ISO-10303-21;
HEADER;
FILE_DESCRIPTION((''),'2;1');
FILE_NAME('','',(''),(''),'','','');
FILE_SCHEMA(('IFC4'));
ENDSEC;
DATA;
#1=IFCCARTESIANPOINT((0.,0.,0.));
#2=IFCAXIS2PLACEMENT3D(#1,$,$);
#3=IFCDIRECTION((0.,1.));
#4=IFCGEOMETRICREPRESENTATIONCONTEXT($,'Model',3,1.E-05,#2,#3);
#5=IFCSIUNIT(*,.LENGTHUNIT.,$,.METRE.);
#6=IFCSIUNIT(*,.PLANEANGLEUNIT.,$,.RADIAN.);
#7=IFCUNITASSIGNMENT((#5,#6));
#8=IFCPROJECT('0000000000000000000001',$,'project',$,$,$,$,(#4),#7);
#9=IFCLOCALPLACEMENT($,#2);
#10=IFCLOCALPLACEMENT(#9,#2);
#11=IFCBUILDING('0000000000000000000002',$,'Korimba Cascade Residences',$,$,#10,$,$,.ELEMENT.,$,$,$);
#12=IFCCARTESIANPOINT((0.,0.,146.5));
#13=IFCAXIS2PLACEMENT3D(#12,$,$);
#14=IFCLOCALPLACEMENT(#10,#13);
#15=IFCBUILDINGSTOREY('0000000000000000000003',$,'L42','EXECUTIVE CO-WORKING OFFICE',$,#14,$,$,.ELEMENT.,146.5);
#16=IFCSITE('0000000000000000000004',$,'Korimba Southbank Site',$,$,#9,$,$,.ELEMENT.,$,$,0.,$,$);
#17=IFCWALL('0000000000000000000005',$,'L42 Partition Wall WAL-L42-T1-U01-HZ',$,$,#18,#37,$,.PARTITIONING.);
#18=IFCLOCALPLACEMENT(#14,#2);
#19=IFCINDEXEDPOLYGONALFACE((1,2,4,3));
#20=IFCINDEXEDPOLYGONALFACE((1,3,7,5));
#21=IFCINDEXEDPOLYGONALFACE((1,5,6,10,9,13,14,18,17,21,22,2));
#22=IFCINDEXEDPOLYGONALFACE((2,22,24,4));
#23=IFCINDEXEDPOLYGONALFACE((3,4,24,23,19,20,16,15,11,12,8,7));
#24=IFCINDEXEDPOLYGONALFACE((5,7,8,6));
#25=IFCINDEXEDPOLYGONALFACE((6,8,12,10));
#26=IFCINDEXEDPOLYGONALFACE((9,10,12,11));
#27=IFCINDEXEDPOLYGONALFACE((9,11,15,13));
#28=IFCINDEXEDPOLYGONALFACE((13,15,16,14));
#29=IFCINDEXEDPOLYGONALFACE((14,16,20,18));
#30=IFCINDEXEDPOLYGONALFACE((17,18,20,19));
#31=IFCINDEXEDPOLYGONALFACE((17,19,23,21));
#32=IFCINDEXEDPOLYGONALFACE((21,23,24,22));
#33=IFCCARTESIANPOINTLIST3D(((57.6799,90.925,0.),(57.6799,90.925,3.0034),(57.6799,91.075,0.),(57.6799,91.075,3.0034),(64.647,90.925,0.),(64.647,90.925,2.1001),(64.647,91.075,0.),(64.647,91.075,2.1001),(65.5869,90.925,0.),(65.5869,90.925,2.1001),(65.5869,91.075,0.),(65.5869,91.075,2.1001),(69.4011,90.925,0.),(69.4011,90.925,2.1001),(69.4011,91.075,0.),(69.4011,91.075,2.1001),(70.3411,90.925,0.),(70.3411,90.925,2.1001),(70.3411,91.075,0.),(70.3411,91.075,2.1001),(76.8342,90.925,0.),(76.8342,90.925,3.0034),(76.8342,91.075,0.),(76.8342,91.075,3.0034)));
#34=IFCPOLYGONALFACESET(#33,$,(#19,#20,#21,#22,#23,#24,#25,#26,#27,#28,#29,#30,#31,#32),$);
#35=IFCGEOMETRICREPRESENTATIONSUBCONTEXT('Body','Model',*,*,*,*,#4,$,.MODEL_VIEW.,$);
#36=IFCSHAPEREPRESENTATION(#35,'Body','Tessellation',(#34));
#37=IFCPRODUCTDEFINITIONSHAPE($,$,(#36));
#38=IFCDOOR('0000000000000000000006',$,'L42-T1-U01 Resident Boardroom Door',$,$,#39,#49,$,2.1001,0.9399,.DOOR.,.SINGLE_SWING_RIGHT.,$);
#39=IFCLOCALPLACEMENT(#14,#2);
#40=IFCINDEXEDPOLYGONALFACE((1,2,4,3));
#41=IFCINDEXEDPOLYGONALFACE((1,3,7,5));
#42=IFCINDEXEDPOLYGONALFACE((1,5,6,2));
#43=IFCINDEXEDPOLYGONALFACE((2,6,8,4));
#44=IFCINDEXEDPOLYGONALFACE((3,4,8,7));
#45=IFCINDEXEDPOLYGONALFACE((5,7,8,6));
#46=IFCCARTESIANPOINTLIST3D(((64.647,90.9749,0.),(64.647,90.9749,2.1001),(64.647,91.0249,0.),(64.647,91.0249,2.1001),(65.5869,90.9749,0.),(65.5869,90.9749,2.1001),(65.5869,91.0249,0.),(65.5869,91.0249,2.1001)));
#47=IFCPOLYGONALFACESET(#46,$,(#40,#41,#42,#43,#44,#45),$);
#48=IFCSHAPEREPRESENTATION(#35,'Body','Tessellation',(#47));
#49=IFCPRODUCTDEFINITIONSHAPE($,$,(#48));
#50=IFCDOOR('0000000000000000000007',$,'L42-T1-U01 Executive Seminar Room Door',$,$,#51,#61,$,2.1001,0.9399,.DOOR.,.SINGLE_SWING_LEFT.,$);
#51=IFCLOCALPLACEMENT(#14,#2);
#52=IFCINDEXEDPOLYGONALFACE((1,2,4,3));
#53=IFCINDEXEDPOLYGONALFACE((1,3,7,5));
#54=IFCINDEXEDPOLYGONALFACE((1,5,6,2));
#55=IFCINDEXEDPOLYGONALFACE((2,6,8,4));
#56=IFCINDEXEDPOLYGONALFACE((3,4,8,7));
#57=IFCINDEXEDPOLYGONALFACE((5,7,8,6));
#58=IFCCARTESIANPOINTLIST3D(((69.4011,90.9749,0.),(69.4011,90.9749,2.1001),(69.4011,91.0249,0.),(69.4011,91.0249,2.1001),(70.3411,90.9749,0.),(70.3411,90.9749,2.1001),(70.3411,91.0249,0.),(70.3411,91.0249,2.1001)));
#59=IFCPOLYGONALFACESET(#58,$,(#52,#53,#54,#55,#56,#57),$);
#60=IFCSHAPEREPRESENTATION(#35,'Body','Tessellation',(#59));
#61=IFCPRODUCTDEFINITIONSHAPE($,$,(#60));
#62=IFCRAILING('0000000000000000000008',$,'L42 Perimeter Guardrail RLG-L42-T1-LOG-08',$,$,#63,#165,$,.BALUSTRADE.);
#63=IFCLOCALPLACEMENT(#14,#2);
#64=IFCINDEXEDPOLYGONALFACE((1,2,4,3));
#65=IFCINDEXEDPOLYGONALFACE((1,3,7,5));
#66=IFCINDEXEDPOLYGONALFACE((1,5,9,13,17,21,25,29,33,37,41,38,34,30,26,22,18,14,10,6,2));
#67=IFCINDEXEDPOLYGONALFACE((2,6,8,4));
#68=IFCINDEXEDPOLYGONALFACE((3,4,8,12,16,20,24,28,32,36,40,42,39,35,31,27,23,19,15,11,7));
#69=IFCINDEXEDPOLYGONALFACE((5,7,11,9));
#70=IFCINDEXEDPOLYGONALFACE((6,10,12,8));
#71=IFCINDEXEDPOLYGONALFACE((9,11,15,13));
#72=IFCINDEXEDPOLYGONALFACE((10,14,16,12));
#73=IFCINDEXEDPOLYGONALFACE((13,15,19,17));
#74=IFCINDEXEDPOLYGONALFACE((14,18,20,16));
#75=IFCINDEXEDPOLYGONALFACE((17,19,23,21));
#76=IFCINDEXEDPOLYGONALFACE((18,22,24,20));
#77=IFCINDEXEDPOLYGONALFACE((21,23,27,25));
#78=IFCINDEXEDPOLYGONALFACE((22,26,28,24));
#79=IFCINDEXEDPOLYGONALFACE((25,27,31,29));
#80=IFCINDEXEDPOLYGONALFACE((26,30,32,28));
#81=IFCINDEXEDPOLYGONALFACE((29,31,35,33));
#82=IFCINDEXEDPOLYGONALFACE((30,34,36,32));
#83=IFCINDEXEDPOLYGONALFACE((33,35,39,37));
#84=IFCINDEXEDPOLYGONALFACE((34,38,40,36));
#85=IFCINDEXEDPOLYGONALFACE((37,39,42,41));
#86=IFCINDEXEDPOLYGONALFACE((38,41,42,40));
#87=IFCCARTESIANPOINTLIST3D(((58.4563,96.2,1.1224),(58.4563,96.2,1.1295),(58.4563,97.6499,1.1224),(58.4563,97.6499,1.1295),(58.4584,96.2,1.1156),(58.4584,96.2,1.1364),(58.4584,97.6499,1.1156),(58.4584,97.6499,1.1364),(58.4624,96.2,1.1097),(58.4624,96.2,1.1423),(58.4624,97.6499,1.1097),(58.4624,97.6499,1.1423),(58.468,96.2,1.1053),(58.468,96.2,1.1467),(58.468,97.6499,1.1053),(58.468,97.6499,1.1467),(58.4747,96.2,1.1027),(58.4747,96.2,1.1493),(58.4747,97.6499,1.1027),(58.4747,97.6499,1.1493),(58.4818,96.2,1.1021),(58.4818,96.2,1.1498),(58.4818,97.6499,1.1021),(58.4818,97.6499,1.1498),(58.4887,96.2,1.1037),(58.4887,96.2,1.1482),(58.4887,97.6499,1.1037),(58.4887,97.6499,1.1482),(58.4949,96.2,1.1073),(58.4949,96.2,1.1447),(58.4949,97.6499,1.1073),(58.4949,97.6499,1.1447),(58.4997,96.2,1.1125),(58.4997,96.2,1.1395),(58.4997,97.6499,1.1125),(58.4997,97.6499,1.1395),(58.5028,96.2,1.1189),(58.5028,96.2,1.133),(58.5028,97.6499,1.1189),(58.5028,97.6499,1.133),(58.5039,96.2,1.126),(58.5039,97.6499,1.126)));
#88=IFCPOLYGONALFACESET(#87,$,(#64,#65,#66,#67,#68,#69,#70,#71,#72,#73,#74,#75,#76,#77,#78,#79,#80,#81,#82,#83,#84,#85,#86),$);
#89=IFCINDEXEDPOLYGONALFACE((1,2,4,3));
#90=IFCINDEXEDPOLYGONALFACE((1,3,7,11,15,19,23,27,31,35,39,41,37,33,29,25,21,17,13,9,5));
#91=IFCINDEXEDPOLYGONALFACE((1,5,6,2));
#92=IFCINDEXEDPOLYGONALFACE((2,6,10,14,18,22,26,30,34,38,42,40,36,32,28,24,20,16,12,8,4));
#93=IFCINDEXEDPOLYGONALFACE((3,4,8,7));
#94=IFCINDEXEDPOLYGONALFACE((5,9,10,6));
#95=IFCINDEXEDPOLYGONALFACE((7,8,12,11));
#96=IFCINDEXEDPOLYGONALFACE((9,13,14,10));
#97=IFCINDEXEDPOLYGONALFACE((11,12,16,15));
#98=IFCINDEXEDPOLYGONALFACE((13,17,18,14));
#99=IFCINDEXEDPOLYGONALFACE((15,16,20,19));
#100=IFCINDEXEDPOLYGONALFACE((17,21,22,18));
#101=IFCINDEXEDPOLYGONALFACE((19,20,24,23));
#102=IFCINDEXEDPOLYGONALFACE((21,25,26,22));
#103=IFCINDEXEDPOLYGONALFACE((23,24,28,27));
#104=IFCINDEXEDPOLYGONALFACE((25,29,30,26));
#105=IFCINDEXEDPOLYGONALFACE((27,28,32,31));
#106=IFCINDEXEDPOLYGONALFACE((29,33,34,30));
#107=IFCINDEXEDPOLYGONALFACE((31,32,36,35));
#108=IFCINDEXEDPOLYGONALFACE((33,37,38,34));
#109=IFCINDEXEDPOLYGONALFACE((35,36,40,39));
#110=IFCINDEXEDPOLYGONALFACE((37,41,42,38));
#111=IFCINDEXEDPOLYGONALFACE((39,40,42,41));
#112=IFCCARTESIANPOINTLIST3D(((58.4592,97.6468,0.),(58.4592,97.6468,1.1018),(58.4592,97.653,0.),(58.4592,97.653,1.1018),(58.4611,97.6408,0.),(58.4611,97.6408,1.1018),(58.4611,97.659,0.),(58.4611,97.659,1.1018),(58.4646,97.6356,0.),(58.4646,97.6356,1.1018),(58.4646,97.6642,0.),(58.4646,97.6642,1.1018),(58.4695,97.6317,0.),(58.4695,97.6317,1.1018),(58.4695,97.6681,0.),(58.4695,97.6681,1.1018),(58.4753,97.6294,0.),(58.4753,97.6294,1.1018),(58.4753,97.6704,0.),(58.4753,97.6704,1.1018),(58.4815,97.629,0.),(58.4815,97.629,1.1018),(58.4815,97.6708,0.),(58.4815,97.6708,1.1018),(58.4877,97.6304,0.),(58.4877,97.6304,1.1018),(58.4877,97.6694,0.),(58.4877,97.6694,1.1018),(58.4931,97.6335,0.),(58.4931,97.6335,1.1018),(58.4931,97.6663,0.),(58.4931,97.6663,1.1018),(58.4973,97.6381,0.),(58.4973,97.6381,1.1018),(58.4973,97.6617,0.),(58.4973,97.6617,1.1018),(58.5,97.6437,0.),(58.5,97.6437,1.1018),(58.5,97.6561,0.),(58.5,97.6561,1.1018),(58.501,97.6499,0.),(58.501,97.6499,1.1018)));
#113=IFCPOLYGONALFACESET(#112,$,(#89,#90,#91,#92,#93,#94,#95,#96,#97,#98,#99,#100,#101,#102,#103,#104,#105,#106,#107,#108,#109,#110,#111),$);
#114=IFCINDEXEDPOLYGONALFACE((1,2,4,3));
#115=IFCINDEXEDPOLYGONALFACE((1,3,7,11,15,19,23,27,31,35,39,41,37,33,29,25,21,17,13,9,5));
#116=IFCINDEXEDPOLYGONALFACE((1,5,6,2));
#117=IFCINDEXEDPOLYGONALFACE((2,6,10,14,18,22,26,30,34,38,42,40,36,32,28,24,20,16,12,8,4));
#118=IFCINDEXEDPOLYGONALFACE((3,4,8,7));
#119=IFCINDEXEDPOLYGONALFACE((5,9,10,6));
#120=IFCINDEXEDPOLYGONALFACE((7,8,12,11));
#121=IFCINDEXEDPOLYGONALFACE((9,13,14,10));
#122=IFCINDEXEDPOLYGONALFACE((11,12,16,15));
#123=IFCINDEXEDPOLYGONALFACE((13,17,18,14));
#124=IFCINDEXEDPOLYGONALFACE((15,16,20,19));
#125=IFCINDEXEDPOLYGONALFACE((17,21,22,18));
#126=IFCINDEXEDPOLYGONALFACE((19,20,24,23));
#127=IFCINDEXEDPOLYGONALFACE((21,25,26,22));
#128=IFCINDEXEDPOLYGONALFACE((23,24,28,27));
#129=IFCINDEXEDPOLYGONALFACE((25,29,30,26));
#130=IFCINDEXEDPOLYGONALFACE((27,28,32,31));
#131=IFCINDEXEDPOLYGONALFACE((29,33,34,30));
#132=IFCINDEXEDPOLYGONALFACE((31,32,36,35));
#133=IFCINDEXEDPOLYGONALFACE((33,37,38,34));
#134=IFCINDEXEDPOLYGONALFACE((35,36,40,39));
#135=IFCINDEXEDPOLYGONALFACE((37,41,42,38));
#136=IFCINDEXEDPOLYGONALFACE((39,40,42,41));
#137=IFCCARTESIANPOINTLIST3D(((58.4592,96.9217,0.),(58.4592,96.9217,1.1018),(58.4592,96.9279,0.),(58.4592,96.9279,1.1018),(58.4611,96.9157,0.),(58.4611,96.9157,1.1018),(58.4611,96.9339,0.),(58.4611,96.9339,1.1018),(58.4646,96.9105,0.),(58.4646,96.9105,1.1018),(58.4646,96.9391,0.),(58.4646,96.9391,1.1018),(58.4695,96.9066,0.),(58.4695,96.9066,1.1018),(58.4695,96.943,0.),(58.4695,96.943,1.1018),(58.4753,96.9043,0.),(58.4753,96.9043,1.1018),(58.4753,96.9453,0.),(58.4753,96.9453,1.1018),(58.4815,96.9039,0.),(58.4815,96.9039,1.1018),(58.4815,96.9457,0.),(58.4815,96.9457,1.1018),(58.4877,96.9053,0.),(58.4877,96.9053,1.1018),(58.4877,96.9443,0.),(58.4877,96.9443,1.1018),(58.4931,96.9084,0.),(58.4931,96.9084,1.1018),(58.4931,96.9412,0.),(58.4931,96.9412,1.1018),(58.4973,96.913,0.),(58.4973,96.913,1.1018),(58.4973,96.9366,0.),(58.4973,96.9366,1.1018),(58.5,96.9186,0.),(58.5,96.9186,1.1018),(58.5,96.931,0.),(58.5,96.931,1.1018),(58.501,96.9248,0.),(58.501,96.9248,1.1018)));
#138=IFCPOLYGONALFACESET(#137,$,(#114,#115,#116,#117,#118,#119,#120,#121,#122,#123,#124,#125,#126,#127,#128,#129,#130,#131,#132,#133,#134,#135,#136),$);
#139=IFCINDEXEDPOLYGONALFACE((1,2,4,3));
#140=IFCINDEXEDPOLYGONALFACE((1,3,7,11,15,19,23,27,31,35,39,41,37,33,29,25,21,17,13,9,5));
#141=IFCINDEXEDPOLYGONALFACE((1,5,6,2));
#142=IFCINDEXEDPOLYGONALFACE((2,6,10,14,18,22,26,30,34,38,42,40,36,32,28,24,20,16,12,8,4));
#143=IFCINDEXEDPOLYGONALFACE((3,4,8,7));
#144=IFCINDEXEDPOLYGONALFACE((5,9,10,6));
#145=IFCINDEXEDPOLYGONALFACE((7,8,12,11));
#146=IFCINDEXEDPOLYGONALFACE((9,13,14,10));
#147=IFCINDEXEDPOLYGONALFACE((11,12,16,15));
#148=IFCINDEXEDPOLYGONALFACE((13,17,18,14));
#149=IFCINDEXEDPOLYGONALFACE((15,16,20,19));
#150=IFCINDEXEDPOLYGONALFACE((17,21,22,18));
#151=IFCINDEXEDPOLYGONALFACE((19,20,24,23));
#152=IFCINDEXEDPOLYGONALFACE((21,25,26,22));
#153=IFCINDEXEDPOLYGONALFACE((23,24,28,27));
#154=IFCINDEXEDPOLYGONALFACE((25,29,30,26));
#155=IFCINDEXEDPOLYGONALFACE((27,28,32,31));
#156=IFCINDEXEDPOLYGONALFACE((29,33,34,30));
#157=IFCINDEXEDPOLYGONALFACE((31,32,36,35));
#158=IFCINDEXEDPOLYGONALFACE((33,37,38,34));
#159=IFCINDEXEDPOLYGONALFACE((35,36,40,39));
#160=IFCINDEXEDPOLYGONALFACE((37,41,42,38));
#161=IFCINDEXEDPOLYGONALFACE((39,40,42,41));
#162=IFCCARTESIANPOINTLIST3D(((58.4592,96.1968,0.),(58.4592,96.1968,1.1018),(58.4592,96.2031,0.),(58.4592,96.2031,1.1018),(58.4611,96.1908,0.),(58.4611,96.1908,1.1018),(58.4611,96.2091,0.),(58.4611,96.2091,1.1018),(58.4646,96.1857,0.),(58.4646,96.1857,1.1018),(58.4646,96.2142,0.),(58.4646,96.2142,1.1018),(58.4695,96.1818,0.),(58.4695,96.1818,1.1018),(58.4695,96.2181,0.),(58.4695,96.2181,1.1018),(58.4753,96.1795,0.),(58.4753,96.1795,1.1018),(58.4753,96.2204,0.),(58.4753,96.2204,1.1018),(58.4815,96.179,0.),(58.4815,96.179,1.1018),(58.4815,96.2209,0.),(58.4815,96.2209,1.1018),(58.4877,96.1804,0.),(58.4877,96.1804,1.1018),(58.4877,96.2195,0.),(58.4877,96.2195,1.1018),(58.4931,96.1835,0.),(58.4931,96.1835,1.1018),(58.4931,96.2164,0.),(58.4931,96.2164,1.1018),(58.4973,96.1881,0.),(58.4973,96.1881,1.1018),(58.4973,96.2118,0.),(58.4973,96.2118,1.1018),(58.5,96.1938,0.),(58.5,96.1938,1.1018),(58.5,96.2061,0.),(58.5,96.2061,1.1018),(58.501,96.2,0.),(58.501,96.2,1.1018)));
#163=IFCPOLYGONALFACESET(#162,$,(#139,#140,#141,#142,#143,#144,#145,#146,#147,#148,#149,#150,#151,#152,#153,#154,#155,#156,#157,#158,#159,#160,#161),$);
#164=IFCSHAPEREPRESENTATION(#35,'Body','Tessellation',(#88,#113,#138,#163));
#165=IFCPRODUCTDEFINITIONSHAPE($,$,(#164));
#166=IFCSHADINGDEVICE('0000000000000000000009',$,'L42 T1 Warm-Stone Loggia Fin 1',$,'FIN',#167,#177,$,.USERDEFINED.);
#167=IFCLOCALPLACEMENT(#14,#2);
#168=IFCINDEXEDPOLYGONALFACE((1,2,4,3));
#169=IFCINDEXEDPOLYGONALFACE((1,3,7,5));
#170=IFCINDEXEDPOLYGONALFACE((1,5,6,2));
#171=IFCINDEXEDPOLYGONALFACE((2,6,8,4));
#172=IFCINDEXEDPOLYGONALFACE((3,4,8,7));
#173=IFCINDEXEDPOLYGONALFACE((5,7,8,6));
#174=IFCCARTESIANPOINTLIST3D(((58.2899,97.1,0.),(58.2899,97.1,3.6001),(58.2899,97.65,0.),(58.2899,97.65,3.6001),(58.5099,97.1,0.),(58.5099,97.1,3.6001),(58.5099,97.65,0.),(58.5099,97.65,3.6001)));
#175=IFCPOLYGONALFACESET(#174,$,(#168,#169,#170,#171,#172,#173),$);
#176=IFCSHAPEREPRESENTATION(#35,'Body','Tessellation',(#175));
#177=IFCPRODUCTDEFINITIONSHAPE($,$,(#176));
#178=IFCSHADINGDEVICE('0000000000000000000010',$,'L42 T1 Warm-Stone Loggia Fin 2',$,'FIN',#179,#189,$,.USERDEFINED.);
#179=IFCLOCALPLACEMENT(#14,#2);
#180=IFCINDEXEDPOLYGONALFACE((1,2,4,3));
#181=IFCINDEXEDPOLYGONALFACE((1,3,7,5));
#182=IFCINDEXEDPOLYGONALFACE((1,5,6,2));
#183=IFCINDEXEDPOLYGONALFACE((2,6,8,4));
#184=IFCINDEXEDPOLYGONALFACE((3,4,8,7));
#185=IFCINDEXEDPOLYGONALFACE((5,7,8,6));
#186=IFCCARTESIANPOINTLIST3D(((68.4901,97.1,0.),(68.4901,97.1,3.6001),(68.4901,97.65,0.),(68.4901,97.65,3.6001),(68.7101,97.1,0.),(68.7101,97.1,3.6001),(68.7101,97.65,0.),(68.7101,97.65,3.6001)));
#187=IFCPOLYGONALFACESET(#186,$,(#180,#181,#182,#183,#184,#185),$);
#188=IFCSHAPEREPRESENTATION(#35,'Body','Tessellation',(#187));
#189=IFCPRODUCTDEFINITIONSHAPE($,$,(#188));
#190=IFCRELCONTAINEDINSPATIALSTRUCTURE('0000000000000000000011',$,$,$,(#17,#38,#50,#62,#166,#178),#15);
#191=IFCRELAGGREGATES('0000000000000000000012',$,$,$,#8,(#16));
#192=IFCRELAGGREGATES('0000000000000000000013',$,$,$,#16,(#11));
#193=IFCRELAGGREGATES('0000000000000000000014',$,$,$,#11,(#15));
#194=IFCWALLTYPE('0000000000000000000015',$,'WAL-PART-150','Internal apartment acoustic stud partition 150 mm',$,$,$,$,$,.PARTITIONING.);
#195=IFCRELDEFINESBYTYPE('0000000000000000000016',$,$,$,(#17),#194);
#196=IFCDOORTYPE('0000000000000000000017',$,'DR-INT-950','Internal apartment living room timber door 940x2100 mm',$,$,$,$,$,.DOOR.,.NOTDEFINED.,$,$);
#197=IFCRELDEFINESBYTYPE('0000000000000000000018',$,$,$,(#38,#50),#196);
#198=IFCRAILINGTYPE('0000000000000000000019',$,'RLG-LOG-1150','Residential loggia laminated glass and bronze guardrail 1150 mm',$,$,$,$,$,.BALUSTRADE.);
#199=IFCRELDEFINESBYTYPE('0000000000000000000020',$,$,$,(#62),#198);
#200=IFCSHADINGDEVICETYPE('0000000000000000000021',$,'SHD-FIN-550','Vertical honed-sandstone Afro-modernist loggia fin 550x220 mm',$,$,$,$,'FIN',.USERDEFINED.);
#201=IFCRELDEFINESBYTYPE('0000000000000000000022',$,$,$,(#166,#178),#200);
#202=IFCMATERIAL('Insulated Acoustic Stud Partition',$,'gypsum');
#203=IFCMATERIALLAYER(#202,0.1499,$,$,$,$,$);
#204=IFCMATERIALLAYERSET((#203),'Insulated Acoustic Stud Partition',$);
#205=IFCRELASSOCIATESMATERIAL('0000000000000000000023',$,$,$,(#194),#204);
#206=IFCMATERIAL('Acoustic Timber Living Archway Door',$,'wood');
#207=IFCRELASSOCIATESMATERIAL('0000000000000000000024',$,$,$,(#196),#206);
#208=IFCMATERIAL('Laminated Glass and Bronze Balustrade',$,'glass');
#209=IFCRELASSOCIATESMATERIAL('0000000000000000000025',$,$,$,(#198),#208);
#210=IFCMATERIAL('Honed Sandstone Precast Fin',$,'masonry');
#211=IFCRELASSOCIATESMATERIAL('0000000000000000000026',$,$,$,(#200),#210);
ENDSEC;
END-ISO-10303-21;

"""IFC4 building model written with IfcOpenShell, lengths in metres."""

from ifc_helpers import new_model, si_unit, direction, frame, frame_2d, origin, origin_2d, place, context, subcontext, project, spatial, rectangle, circle, extrude, material, layer, layer_set, type_object, element, fill, save


model = new_model("IFC4")

# Units and contexts
model_context = context("Model", 3, precision=1e-05, world=origin(), true_north=direction((0.0, 1.0)))
body_context = subcontext(model_context, "Body", "Model", "MODEL_VIEW")
ifc_project = project(units=[si_unit("LENGTHUNIT", "METRE"), si_unit("PLANEANGLEUNIT", "RADIAN")], contexts=[model_context])

# Site, building, storey
site_placement = place(None, origin())
site = spatial("IfcSite", under=ifc_project, at=site_placement, Name="Korimba Southbank Site", CompositionType="ELEMENT", RefElevation=0.0)
building_placement = place(site_placement, origin())
building = spatial("IfcBuilding", under=site, at=building_placement, Name="Korimba Cascade Residences", CompositionType="ELEMENT")
storey_placement = place(building_placement, frame((0.0, 0.0, 146.5)))
storey = spatial("IfcBuildingStorey", under=building, at=storey_placement, Name="L42", Description="EXECUTIVE CO-WORKING OFFICE", CompositionType="ELEMENT", Elevation=146.5)

# Shared definitions
ifc_material_1 = material(Name="Insulated Acoustic Stud Partition", Category="gypsum")
ifc_layer_1 = layer(ifc_material_1, 0.1499)
ifc_layer_set_1 = layer_set([ifc_layer_1], Name="Insulated Acoustic Stud Partition")
wall_type_1 = type_object("IfcWallType", Name="WAL-PART-150", Description="Internal apartment acoustic stud partition 150 mm", PredefinedType="PARTITIONING", material=ifc_layer_set_1)

# Wall, openings, doors
wall_1_placement = place(storey_placement, frame((57.6799, 91.0, 0.0), z_axis=(0.0, 0.0, 1.0), x_axis=(1.0, 0.0, 0.0)))
wall_1 = element("IfcWall", 1, at=wall_1_placement, inside=storey, type_object=wall_type_1, Name="L42 Partition Wall WAL-L42-T1-U01-HZ", PredefinedType="PARTITIONING", context=body_context, shape_type="SweptSolid", body=[
    extrude(rectangle(XDim=19.1543, YDim=0.1499, at=frame_2d((9.5771, 0.0))), origin(), (0.0, 0.0, 1.0), 3.0034),
])
opening_1_placement = place(wall_1_placement, frame((6.967, 0.0, 0.0)))
opening_1 = element("IfcOpeningElement", 2, at=opening_1_placement, cuts=wall_1, PredefinedType="OPENING", context=body_context, shape_type="SweptSolid", body=[
    extrude(rectangle(XDim=0.9399, YDim=2.1001, at=frame_2d((0.47, 1.05))), frame((0.0, 0.085, 0.0), z_axis=(0.0, -1.0, 0.0), x_axis=(1.0, 0.0, 0.0)), (0.0, 0.0, 1.0), 0.1699),
])
opening_2_placement = place(wall_1_placement, frame((11.7212, 0.0, 0.0)))
opening_2 = element("IfcOpeningElement", 3, at=opening_2_placement, cuts=wall_1, PredefinedType="OPENING", context=body_context, shape_type="SweptSolid", body=[
    extrude(rectangle(XDim=0.9399, YDim=2.1001, at=frame_2d((0.47, 1.05))), frame((0.0, 0.085, 0.0), z_axis=(0.0, -1.0, 0.0), x_axis=(1.0, 0.0, 0.0)), (0.0, 0.0, 1.0), 0.1699),
])
ifc_material_2 = material(Name="Acoustic Timber Living Archway Door", Category="wood")
door_type = type_object("IfcDoorType", Name="DR-INT-950", Description="Internal apartment living room timber door 940x2100 mm", OperationType="NOTDEFINED", PredefinedType="DOOR", material=ifc_material_2)
door_1_placement = place(opening_1_placement, origin())
door_1 = element("IfcDoor", 4, at=door_1_placement, inside=storey, type_object=door_type, Name="L42-T1-U01 Resident Boardroom Door", OperationType="SINGLE_SWING_RIGHT", OverallHeight=2.1001, OverallWidth=0.9399, PredefinedType="DOOR", context=body_context, shape_type="SweptSolid", body=[
    extrude(rectangle(XDim=0.9399, YDim=2.1001, at=frame_2d((0.47, 1.05))), frame((0.0, 0.0249, 0.0), z_axis=(0.0, -1.0, 0.0), x_axis=(1.0, 0.0, 0.0)), (0.0, 0.0, 1.0), 0.05),
])
fill(opening_1, door_1)
door_2_placement = place(opening_2_placement, origin())
door_2 = element("IfcDoor", 5, at=door_2_placement, inside=storey, type_object=door_type, Name="L42-T1-U01 Executive Seminar Room Door", OperationType="SINGLE_SWING_LEFT", OverallHeight=2.1001, OverallWidth=0.9399, PredefinedType="DOOR", context=body_context, shape_type="SweptSolid", body=[
    extrude(rectangle(XDim=0.9399, YDim=2.1001, at=frame_2d((0.47, 1.05))), frame((0.0, 0.0249, 0.0), z_axis=(0.0, -1.0, 0.0), x_axis=(1.0, 0.0, 0.0)), (0.0, 0.0, 1.0), 0.05),
])
fill(opening_2, door_2)

# Railing
ifc_material_3 = material(Name="Laminated Glass and Bronze Balustrade", Category="glass")
railing_type = type_object("IfcRailingType", Name="RLG-LOG-1150", Description="Residential loggia laminated glass and bronze guardrail 1150 mm", PredefinedType="BALUSTRADE", material=ifc_material_3)
railing_placement = place(storey_placement, frame((58.48, 97.6499, 0.0)))
element("IfcRailing", 6, at=railing_placement, inside=storey, type_object=railing_type, Name="L42 Perimeter Guardrail RLG-L42-T1-LOG-08", PredefinedType="BALUSTRADE", context=body_context, shape_type="SweptSolid", body=[
    extrude(circle(Radius=0.0239, at=origin_2d()), frame((0.0, 0.0, 1.126), z_axis=(0.0, -1.0, 0.0), x_axis=(1.0, 0.0, 0.0)), (0.0, 0.0, 1.0), 1.45),
    extrude(circle(Radius=0.021, at=origin_2d()), origin(), (0.0, 0.0, 1.0), 1.1018),
    extrude(circle(Radius=0.021, at=origin_2d()), frame((0.0, -0.7251, 0.0)), (0.0, 0.0, 1.0), 1.1018),
    extrude(circle(Radius=0.021, at=origin_2d()), frame((0.0, -1.45, 0.0)), (0.0, 0.0, 1.0), 1.1018),
])

# Shading devices
ifc_material_4 = material(Name="Honed Sandstone Precast Fin", Category="masonry")
shading_device_type = type_object("IfcShadingDeviceType", Name="SHD-FIN-550", Description="Vertical honed-sandstone Afro-modernist loggia fin 550x220 mm", ElementType="FIN", PredefinedType="USERDEFINED", material=ifc_material_4)
for number, where, z_axis, x_axis, name in (
    (7, (58.3999, 97.375, 0.0), (0.0, 0.0, 1.0), (1.0, 0.0, 0.0), "L42 T1 Warm-Stone Loggia Fin 1"),
    (8, (68.6001, 97.375, 0.0), (0.0, 0.0, 1.0), (1.0, 0.0, 0.0), "L42 T1 Warm-Stone Loggia Fin 2"),
):
    element("IfcShadingDevice", number, at=place(storey_placement, frame(where, z_axis=z_axis, x_axis=x_axis)), inside=storey, type_object=shading_device_type, Name=name, ObjectType="FIN", PredefinedType="USERDEFINED", context=body_context, shape_type="SweptSolid", body=[
        extrude(rectangle(XDim=0.22, YDim=0.55, at=origin_2d()), origin(), (0.0, 0.0, 1.0), 3.6001),
    ])

save(model, "model.ifc")
